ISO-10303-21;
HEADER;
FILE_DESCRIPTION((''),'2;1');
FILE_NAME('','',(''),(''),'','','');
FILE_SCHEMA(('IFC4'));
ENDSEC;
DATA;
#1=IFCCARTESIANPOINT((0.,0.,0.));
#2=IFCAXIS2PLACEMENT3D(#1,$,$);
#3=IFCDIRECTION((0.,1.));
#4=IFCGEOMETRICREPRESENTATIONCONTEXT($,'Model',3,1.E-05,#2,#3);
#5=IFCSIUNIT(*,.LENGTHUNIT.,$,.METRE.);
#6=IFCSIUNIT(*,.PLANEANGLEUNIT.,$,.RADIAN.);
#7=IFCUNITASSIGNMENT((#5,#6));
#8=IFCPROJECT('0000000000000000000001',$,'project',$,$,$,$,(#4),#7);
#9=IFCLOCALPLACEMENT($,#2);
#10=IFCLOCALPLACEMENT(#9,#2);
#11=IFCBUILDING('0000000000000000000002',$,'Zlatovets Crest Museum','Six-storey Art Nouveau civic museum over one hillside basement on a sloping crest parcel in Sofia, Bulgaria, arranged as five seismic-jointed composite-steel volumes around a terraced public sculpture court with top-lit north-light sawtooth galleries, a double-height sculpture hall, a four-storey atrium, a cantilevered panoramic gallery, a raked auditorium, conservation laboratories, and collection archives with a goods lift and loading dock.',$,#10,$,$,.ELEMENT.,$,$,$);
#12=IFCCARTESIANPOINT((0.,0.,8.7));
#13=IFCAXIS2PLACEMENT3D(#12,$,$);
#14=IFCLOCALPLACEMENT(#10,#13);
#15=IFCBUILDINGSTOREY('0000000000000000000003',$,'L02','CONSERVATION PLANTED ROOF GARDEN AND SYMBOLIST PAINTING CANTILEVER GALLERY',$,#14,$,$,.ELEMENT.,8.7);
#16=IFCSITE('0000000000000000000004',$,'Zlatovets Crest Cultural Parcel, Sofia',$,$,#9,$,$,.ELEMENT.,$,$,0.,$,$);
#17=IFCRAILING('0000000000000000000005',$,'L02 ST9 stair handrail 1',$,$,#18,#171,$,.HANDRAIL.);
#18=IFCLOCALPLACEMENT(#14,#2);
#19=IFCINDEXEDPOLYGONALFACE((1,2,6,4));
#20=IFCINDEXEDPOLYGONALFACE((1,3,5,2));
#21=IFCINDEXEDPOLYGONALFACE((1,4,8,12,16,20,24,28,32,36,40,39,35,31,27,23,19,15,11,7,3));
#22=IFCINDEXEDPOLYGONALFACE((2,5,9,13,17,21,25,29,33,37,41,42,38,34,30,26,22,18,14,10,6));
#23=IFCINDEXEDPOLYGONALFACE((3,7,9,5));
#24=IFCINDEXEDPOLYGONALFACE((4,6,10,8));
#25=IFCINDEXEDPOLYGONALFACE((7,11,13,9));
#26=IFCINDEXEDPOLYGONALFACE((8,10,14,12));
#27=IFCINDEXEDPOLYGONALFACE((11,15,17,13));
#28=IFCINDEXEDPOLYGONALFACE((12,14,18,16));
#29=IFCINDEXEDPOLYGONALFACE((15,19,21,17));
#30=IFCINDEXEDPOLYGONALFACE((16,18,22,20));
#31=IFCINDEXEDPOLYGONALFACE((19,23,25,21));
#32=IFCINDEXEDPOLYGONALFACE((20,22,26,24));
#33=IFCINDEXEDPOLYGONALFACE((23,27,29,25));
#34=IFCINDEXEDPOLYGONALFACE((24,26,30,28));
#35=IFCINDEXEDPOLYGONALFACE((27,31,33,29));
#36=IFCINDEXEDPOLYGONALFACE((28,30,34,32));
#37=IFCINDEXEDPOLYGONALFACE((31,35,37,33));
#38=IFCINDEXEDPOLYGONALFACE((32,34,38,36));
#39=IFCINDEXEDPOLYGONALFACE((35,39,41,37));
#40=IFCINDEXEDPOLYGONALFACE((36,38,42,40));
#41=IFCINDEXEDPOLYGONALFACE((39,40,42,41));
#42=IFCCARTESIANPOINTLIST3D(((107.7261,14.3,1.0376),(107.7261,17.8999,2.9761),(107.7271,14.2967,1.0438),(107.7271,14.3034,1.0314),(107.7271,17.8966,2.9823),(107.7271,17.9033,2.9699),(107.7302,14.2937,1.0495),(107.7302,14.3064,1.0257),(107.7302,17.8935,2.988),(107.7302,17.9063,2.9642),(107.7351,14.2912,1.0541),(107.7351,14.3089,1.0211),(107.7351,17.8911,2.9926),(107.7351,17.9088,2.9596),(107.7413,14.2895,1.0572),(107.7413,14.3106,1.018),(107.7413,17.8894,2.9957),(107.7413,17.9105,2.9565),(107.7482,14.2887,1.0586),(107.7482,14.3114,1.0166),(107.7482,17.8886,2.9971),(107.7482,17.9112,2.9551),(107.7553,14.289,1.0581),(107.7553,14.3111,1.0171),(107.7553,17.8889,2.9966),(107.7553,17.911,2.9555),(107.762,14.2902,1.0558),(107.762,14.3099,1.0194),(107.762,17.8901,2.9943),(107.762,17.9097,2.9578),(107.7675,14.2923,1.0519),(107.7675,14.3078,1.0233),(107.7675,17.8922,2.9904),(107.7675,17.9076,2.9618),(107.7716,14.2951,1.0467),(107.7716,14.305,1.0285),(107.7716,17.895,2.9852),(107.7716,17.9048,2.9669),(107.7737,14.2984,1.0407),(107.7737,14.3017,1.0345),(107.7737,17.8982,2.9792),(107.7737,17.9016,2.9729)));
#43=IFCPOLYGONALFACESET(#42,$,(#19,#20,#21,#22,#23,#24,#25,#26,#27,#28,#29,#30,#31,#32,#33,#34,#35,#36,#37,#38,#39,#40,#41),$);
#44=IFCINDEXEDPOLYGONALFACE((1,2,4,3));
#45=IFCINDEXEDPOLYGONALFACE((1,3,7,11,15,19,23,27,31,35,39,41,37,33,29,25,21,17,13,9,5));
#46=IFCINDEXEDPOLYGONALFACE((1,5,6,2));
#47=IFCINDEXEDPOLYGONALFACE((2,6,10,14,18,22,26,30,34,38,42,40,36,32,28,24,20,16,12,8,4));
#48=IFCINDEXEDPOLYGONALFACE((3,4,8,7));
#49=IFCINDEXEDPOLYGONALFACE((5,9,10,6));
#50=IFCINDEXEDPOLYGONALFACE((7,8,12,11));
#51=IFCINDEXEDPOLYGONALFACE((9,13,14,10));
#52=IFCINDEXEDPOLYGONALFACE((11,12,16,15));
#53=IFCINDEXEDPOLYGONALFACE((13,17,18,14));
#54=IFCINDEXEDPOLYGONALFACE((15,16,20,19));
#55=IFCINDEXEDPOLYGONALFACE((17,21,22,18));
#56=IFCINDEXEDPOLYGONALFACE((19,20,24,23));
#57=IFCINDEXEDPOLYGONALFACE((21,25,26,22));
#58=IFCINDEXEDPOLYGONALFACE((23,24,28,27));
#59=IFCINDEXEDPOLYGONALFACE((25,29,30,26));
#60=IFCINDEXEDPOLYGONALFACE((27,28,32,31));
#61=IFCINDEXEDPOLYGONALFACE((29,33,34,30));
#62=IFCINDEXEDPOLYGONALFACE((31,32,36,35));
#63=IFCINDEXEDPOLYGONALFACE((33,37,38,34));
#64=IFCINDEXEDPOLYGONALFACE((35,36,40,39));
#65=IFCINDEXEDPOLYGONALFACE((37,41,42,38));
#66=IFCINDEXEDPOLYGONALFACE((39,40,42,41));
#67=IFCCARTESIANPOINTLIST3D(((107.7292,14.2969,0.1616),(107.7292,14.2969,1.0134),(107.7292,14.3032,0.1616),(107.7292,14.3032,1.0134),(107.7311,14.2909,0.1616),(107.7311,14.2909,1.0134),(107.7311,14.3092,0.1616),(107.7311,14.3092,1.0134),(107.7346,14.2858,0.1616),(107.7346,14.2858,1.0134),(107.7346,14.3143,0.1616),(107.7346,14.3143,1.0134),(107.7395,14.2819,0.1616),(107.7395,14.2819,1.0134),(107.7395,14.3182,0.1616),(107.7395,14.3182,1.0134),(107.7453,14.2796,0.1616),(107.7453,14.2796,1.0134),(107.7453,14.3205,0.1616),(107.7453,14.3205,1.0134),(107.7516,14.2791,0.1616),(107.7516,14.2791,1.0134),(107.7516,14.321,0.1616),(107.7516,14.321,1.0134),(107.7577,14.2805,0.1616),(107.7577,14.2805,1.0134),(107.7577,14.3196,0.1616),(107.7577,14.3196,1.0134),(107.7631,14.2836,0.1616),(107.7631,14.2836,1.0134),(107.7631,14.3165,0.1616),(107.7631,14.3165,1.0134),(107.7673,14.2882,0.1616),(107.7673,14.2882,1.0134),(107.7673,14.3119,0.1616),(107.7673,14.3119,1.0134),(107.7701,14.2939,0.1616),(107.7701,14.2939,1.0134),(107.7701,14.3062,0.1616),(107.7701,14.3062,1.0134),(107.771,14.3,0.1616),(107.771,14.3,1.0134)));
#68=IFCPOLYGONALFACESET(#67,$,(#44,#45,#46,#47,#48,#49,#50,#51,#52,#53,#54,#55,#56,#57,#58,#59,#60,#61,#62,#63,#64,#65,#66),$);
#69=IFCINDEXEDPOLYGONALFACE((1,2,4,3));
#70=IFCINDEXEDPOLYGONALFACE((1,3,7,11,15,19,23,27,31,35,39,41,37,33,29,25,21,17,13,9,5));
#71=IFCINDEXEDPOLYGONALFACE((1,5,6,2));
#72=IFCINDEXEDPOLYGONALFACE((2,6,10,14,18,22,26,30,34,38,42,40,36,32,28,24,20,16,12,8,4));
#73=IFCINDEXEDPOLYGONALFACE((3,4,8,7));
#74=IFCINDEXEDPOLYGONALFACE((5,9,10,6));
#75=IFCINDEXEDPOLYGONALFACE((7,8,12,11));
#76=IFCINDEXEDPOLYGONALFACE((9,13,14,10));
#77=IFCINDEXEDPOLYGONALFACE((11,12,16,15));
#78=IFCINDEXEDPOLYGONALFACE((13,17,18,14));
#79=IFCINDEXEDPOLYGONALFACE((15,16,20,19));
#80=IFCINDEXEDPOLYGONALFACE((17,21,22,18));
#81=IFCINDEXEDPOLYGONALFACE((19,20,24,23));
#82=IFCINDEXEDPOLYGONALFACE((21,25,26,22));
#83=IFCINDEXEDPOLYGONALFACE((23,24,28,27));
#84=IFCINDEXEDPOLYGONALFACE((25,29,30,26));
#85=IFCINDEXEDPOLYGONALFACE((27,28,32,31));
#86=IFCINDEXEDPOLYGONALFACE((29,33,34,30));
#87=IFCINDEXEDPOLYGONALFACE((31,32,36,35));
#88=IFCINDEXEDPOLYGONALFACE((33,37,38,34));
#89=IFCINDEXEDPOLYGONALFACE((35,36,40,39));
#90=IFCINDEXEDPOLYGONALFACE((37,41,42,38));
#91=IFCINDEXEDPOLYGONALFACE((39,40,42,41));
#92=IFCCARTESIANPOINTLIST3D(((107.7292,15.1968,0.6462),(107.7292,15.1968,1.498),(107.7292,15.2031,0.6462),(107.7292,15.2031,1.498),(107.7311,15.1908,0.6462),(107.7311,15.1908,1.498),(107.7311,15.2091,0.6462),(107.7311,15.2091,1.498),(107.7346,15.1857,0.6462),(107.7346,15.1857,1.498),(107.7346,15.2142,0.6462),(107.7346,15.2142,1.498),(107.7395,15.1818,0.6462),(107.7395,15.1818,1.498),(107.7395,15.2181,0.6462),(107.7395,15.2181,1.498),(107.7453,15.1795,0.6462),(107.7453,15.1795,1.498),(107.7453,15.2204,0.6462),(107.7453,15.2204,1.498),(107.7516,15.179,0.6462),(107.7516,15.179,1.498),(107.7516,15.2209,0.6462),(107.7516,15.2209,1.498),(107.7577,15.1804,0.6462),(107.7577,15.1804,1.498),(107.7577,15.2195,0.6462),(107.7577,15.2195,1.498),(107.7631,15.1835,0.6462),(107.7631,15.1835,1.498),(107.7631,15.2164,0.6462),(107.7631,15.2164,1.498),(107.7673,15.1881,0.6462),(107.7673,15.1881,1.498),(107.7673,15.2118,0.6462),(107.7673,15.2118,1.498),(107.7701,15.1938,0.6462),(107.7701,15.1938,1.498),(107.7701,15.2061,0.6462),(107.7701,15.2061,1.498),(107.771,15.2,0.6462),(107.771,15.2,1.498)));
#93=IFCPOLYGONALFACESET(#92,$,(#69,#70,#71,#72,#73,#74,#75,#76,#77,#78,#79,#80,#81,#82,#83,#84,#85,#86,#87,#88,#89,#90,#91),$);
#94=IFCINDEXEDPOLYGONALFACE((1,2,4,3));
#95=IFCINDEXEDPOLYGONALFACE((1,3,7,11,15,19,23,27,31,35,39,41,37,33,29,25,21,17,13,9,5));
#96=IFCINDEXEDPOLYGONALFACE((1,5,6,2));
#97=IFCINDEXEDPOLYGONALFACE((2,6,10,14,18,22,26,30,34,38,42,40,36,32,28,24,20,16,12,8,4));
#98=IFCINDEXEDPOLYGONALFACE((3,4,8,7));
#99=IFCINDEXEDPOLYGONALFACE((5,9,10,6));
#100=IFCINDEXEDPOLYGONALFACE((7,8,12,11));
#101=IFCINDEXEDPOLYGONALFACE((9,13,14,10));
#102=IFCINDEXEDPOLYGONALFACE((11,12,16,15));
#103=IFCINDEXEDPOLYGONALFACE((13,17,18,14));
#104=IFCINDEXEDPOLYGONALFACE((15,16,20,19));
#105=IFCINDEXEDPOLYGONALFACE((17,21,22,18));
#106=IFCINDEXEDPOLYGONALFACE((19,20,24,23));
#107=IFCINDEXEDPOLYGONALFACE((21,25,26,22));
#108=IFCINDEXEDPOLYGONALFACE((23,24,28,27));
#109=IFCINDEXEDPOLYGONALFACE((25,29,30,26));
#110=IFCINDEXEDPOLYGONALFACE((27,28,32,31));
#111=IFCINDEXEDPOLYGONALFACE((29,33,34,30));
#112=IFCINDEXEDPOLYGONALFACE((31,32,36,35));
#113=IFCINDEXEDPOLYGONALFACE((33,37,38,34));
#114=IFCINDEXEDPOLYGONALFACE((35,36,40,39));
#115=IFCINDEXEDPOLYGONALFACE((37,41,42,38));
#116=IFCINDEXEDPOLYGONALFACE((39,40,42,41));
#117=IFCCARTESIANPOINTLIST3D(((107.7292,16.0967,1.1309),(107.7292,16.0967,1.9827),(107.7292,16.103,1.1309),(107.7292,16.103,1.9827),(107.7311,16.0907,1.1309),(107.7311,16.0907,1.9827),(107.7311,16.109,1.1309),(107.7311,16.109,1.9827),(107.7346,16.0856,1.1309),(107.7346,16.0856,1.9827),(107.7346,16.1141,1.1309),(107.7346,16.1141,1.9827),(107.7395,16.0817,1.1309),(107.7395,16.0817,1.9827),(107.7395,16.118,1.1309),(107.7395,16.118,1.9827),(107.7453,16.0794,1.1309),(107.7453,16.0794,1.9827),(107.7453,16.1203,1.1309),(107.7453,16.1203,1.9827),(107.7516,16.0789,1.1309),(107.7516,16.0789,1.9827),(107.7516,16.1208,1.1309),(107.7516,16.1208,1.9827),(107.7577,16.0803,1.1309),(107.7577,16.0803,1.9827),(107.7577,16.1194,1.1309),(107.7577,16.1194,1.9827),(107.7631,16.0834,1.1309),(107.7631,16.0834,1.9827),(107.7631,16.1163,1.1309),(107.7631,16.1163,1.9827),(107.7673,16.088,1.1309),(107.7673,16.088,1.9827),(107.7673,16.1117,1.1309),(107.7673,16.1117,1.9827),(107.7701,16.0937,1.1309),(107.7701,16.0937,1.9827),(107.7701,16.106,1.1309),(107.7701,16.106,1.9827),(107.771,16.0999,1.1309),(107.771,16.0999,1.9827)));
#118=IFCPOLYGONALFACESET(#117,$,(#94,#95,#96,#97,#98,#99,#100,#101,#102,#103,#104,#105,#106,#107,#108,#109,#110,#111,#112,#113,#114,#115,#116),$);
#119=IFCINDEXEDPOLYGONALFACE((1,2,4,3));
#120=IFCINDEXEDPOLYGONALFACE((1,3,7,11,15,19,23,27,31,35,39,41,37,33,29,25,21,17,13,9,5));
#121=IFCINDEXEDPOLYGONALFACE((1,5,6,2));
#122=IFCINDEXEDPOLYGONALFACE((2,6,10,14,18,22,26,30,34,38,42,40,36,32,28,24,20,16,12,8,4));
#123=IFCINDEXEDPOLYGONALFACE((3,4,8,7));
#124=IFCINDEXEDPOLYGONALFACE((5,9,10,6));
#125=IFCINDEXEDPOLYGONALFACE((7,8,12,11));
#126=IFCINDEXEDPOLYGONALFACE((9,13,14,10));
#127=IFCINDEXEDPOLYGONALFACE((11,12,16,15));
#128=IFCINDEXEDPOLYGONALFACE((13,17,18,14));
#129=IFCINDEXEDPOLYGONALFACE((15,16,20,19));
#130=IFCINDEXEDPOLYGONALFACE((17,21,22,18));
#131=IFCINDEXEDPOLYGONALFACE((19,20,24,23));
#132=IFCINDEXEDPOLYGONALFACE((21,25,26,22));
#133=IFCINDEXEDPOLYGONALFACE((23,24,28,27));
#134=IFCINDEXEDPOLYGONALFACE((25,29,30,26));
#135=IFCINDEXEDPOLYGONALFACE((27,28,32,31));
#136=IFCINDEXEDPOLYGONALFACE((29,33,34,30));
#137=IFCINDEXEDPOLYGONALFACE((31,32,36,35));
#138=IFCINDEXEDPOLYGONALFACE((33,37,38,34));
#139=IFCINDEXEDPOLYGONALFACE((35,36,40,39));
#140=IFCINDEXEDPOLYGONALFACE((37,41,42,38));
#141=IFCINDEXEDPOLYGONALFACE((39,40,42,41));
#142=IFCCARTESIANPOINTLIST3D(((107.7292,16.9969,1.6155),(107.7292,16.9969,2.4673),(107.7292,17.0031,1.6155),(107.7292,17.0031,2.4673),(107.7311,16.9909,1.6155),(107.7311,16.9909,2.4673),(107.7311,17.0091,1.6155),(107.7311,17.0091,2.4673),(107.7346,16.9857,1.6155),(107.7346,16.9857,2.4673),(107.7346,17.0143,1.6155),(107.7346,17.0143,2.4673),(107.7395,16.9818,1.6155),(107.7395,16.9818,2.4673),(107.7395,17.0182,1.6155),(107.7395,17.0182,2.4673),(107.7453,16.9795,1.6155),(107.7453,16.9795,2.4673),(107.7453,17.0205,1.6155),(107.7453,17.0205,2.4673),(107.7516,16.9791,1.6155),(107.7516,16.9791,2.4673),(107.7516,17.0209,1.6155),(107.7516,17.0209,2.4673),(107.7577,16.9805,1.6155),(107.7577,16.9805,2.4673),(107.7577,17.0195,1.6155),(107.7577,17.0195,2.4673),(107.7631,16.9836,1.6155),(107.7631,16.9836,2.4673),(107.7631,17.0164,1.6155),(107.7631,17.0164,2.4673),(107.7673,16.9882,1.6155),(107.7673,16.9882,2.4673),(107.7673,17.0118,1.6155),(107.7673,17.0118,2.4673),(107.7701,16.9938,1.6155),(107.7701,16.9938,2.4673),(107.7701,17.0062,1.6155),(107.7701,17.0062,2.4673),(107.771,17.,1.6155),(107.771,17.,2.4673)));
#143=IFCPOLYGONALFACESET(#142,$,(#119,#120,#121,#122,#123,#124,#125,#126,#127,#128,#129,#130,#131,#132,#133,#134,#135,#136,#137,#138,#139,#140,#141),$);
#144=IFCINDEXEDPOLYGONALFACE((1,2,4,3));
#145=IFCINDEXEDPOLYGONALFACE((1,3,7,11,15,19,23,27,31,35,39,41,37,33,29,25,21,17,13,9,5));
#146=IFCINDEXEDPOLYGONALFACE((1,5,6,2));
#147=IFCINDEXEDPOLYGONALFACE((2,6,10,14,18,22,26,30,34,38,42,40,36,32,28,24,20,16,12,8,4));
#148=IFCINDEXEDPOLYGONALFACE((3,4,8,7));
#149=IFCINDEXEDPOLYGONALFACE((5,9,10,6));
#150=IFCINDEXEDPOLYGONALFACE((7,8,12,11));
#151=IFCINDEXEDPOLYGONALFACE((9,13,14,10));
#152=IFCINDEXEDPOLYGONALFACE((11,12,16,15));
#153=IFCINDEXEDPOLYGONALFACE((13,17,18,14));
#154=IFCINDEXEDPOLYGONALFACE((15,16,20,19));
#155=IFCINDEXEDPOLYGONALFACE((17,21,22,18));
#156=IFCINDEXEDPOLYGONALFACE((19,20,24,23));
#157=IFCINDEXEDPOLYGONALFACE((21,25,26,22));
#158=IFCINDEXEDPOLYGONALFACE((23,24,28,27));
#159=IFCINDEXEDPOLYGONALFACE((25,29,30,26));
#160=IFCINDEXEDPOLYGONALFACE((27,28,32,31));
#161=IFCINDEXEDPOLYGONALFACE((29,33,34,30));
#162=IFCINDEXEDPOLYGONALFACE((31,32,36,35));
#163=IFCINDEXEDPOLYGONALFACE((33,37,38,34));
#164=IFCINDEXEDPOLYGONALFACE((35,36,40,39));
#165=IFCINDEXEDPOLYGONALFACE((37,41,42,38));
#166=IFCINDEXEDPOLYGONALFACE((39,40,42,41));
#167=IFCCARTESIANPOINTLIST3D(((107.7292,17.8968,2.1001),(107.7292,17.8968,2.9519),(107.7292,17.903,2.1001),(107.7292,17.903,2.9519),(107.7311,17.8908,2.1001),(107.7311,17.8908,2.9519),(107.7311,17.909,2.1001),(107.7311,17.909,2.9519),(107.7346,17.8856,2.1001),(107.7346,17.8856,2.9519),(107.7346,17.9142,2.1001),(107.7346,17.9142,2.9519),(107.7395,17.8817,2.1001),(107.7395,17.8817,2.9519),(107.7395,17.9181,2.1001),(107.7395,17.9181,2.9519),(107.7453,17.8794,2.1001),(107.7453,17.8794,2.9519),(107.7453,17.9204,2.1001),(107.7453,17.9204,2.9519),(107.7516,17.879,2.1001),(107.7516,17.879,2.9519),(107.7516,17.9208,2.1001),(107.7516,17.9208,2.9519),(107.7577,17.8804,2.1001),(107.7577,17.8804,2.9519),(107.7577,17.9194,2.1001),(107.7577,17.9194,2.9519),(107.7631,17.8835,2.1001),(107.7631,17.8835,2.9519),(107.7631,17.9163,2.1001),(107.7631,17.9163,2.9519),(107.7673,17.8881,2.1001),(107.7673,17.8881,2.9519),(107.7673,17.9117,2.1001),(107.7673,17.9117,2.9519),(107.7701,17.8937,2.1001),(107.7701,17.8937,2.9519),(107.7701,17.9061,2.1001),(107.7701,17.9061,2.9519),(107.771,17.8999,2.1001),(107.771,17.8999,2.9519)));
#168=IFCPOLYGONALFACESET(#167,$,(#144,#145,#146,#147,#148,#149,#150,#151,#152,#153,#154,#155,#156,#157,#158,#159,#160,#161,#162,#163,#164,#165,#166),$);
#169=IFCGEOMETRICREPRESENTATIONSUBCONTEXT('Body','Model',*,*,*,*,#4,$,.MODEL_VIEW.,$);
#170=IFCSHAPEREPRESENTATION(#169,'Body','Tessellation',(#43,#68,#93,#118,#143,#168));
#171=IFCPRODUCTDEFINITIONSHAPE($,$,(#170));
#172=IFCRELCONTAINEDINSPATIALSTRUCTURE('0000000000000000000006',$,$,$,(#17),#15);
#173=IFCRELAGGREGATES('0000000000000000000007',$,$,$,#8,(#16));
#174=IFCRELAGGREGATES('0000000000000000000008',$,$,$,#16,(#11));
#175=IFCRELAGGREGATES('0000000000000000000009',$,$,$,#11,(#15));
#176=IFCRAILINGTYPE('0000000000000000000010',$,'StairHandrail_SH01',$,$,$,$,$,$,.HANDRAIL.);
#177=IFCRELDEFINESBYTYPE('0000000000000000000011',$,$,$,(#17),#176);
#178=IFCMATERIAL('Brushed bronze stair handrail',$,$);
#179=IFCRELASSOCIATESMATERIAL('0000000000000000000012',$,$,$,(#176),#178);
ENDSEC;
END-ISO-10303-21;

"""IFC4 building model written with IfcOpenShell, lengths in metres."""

from ifc_helpers import new_model, si_unit, direction, frame, origin, origin_2d, place, context, subcontext, project, spatial, circle, extrude, material, type_object, element, save


model = new_model("IFC4")

# Units and contexts
model_context = context("Model", 3, precision=1e-05, world=origin(), true_north=direction((0.0, 1.0)))
body_context = subcontext(model_context, "Body", "Model", "MODEL_VIEW")
ifc_project = project(units=[si_unit("LENGTHUNIT", "METRE"), si_unit("PLANEANGLEUNIT", "RADIAN")], contexts=[model_context])

# Site, building, storey
site_placement = place(None, origin())
site = spatial("IfcSite", under=ifc_project, at=site_placement, Name="Zlatovets Crest Cultural Parcel, Sofia", CompositionType="ELEMENT", RefElevation=0.0)
building_placement = place(site_placement, origin())
building = spatial("IfcBuilding", under=site, at=building_placement, Name="Zlatovets Crest Museum", Description="Six-storey Art Nouveau civic museum over one hillside basement on a sloping crest parcel in Sofia, Bulgaria, arranged as five seismic-jointed composite-steel volumes around a terraced public sculpture court with top-lit north-light sawtooth galleries, a double-height sculpture hall, a four-storey atrium, a cantilevered panoramic gallery, a raked auditorium, conservation laboratories, and collection archives with a goods lift and loading dock.", CompositionType="ELEMENT")
storey_placement = place(building_placement, frame((0.0, 0.0, 8.7)))
storey = spatial("IfcBuildingStorey", under=building, at=storey_placement, Name="L02", Description="CONSERVATION PLANTED ROOF GARDEN AND SYMBOLIST PAINTING CANTILEVER GALLERY", CompositionType="ELEMENT", Elevation=8.7)

# Railing
ifc_material_1 = material(Name="Brushed bronze stair handrail")
railing_type_1 = type_object("IfcRailingType", Name="StairHandrail_SH01", PredefinedType="HANDRAIL", material=ifc_material_1)
railing_1_placement = place(storey_placement, frame((107.75, 14.3, 0.1616)))
element("IfcRailing", 1, at=railing_1_placement, inside=storey, type_object=railing_type_1, Name="L02 ST9 stair handrail 1", PredefinedType="HANDRAIL", context=body_context, shape_type="SweptSolid", body=[
    extrude(circle(Radius=0.0239, at=origin_2d()), frame((0.0, 0.0, 0.876), z_axis=(0.0, 0.880462, 0.474118), x_axis=(-1.0, 0.0, 0.0)), (0.0, 0.0, 1.0), 4.0886),
    extrude(circle(Radius=0.021, at=origin_2d()), origin(), (0.0, 0.0, 1.0), 0.8518),
    extrude(circle(Radius=0.021, at=origin_2d()), frame((0.0, 0.8999, 0.4846)), (0.0, 0.0, 1.0), 0.8518),
    extrude(circle(Radius=0.021, at=origin_2d()), frame((0.0, 1.7998, 0.9692)), (0.0, 0.0, 1.0), 0.8518),
    extrude(circle(Radius=0.021, at=origin_2d()), frame((0.0, 2.7, 1.4539)), (0.0, 0.0, 1.0), 0.8518),
    extrude(circle(Radius=0.021, at=origin_2d()), frame((0.0, 3.5999, 1.9385)), (0.0, 0.0, 1.0), 0.8518),
])

save(model, "model.ifc")
